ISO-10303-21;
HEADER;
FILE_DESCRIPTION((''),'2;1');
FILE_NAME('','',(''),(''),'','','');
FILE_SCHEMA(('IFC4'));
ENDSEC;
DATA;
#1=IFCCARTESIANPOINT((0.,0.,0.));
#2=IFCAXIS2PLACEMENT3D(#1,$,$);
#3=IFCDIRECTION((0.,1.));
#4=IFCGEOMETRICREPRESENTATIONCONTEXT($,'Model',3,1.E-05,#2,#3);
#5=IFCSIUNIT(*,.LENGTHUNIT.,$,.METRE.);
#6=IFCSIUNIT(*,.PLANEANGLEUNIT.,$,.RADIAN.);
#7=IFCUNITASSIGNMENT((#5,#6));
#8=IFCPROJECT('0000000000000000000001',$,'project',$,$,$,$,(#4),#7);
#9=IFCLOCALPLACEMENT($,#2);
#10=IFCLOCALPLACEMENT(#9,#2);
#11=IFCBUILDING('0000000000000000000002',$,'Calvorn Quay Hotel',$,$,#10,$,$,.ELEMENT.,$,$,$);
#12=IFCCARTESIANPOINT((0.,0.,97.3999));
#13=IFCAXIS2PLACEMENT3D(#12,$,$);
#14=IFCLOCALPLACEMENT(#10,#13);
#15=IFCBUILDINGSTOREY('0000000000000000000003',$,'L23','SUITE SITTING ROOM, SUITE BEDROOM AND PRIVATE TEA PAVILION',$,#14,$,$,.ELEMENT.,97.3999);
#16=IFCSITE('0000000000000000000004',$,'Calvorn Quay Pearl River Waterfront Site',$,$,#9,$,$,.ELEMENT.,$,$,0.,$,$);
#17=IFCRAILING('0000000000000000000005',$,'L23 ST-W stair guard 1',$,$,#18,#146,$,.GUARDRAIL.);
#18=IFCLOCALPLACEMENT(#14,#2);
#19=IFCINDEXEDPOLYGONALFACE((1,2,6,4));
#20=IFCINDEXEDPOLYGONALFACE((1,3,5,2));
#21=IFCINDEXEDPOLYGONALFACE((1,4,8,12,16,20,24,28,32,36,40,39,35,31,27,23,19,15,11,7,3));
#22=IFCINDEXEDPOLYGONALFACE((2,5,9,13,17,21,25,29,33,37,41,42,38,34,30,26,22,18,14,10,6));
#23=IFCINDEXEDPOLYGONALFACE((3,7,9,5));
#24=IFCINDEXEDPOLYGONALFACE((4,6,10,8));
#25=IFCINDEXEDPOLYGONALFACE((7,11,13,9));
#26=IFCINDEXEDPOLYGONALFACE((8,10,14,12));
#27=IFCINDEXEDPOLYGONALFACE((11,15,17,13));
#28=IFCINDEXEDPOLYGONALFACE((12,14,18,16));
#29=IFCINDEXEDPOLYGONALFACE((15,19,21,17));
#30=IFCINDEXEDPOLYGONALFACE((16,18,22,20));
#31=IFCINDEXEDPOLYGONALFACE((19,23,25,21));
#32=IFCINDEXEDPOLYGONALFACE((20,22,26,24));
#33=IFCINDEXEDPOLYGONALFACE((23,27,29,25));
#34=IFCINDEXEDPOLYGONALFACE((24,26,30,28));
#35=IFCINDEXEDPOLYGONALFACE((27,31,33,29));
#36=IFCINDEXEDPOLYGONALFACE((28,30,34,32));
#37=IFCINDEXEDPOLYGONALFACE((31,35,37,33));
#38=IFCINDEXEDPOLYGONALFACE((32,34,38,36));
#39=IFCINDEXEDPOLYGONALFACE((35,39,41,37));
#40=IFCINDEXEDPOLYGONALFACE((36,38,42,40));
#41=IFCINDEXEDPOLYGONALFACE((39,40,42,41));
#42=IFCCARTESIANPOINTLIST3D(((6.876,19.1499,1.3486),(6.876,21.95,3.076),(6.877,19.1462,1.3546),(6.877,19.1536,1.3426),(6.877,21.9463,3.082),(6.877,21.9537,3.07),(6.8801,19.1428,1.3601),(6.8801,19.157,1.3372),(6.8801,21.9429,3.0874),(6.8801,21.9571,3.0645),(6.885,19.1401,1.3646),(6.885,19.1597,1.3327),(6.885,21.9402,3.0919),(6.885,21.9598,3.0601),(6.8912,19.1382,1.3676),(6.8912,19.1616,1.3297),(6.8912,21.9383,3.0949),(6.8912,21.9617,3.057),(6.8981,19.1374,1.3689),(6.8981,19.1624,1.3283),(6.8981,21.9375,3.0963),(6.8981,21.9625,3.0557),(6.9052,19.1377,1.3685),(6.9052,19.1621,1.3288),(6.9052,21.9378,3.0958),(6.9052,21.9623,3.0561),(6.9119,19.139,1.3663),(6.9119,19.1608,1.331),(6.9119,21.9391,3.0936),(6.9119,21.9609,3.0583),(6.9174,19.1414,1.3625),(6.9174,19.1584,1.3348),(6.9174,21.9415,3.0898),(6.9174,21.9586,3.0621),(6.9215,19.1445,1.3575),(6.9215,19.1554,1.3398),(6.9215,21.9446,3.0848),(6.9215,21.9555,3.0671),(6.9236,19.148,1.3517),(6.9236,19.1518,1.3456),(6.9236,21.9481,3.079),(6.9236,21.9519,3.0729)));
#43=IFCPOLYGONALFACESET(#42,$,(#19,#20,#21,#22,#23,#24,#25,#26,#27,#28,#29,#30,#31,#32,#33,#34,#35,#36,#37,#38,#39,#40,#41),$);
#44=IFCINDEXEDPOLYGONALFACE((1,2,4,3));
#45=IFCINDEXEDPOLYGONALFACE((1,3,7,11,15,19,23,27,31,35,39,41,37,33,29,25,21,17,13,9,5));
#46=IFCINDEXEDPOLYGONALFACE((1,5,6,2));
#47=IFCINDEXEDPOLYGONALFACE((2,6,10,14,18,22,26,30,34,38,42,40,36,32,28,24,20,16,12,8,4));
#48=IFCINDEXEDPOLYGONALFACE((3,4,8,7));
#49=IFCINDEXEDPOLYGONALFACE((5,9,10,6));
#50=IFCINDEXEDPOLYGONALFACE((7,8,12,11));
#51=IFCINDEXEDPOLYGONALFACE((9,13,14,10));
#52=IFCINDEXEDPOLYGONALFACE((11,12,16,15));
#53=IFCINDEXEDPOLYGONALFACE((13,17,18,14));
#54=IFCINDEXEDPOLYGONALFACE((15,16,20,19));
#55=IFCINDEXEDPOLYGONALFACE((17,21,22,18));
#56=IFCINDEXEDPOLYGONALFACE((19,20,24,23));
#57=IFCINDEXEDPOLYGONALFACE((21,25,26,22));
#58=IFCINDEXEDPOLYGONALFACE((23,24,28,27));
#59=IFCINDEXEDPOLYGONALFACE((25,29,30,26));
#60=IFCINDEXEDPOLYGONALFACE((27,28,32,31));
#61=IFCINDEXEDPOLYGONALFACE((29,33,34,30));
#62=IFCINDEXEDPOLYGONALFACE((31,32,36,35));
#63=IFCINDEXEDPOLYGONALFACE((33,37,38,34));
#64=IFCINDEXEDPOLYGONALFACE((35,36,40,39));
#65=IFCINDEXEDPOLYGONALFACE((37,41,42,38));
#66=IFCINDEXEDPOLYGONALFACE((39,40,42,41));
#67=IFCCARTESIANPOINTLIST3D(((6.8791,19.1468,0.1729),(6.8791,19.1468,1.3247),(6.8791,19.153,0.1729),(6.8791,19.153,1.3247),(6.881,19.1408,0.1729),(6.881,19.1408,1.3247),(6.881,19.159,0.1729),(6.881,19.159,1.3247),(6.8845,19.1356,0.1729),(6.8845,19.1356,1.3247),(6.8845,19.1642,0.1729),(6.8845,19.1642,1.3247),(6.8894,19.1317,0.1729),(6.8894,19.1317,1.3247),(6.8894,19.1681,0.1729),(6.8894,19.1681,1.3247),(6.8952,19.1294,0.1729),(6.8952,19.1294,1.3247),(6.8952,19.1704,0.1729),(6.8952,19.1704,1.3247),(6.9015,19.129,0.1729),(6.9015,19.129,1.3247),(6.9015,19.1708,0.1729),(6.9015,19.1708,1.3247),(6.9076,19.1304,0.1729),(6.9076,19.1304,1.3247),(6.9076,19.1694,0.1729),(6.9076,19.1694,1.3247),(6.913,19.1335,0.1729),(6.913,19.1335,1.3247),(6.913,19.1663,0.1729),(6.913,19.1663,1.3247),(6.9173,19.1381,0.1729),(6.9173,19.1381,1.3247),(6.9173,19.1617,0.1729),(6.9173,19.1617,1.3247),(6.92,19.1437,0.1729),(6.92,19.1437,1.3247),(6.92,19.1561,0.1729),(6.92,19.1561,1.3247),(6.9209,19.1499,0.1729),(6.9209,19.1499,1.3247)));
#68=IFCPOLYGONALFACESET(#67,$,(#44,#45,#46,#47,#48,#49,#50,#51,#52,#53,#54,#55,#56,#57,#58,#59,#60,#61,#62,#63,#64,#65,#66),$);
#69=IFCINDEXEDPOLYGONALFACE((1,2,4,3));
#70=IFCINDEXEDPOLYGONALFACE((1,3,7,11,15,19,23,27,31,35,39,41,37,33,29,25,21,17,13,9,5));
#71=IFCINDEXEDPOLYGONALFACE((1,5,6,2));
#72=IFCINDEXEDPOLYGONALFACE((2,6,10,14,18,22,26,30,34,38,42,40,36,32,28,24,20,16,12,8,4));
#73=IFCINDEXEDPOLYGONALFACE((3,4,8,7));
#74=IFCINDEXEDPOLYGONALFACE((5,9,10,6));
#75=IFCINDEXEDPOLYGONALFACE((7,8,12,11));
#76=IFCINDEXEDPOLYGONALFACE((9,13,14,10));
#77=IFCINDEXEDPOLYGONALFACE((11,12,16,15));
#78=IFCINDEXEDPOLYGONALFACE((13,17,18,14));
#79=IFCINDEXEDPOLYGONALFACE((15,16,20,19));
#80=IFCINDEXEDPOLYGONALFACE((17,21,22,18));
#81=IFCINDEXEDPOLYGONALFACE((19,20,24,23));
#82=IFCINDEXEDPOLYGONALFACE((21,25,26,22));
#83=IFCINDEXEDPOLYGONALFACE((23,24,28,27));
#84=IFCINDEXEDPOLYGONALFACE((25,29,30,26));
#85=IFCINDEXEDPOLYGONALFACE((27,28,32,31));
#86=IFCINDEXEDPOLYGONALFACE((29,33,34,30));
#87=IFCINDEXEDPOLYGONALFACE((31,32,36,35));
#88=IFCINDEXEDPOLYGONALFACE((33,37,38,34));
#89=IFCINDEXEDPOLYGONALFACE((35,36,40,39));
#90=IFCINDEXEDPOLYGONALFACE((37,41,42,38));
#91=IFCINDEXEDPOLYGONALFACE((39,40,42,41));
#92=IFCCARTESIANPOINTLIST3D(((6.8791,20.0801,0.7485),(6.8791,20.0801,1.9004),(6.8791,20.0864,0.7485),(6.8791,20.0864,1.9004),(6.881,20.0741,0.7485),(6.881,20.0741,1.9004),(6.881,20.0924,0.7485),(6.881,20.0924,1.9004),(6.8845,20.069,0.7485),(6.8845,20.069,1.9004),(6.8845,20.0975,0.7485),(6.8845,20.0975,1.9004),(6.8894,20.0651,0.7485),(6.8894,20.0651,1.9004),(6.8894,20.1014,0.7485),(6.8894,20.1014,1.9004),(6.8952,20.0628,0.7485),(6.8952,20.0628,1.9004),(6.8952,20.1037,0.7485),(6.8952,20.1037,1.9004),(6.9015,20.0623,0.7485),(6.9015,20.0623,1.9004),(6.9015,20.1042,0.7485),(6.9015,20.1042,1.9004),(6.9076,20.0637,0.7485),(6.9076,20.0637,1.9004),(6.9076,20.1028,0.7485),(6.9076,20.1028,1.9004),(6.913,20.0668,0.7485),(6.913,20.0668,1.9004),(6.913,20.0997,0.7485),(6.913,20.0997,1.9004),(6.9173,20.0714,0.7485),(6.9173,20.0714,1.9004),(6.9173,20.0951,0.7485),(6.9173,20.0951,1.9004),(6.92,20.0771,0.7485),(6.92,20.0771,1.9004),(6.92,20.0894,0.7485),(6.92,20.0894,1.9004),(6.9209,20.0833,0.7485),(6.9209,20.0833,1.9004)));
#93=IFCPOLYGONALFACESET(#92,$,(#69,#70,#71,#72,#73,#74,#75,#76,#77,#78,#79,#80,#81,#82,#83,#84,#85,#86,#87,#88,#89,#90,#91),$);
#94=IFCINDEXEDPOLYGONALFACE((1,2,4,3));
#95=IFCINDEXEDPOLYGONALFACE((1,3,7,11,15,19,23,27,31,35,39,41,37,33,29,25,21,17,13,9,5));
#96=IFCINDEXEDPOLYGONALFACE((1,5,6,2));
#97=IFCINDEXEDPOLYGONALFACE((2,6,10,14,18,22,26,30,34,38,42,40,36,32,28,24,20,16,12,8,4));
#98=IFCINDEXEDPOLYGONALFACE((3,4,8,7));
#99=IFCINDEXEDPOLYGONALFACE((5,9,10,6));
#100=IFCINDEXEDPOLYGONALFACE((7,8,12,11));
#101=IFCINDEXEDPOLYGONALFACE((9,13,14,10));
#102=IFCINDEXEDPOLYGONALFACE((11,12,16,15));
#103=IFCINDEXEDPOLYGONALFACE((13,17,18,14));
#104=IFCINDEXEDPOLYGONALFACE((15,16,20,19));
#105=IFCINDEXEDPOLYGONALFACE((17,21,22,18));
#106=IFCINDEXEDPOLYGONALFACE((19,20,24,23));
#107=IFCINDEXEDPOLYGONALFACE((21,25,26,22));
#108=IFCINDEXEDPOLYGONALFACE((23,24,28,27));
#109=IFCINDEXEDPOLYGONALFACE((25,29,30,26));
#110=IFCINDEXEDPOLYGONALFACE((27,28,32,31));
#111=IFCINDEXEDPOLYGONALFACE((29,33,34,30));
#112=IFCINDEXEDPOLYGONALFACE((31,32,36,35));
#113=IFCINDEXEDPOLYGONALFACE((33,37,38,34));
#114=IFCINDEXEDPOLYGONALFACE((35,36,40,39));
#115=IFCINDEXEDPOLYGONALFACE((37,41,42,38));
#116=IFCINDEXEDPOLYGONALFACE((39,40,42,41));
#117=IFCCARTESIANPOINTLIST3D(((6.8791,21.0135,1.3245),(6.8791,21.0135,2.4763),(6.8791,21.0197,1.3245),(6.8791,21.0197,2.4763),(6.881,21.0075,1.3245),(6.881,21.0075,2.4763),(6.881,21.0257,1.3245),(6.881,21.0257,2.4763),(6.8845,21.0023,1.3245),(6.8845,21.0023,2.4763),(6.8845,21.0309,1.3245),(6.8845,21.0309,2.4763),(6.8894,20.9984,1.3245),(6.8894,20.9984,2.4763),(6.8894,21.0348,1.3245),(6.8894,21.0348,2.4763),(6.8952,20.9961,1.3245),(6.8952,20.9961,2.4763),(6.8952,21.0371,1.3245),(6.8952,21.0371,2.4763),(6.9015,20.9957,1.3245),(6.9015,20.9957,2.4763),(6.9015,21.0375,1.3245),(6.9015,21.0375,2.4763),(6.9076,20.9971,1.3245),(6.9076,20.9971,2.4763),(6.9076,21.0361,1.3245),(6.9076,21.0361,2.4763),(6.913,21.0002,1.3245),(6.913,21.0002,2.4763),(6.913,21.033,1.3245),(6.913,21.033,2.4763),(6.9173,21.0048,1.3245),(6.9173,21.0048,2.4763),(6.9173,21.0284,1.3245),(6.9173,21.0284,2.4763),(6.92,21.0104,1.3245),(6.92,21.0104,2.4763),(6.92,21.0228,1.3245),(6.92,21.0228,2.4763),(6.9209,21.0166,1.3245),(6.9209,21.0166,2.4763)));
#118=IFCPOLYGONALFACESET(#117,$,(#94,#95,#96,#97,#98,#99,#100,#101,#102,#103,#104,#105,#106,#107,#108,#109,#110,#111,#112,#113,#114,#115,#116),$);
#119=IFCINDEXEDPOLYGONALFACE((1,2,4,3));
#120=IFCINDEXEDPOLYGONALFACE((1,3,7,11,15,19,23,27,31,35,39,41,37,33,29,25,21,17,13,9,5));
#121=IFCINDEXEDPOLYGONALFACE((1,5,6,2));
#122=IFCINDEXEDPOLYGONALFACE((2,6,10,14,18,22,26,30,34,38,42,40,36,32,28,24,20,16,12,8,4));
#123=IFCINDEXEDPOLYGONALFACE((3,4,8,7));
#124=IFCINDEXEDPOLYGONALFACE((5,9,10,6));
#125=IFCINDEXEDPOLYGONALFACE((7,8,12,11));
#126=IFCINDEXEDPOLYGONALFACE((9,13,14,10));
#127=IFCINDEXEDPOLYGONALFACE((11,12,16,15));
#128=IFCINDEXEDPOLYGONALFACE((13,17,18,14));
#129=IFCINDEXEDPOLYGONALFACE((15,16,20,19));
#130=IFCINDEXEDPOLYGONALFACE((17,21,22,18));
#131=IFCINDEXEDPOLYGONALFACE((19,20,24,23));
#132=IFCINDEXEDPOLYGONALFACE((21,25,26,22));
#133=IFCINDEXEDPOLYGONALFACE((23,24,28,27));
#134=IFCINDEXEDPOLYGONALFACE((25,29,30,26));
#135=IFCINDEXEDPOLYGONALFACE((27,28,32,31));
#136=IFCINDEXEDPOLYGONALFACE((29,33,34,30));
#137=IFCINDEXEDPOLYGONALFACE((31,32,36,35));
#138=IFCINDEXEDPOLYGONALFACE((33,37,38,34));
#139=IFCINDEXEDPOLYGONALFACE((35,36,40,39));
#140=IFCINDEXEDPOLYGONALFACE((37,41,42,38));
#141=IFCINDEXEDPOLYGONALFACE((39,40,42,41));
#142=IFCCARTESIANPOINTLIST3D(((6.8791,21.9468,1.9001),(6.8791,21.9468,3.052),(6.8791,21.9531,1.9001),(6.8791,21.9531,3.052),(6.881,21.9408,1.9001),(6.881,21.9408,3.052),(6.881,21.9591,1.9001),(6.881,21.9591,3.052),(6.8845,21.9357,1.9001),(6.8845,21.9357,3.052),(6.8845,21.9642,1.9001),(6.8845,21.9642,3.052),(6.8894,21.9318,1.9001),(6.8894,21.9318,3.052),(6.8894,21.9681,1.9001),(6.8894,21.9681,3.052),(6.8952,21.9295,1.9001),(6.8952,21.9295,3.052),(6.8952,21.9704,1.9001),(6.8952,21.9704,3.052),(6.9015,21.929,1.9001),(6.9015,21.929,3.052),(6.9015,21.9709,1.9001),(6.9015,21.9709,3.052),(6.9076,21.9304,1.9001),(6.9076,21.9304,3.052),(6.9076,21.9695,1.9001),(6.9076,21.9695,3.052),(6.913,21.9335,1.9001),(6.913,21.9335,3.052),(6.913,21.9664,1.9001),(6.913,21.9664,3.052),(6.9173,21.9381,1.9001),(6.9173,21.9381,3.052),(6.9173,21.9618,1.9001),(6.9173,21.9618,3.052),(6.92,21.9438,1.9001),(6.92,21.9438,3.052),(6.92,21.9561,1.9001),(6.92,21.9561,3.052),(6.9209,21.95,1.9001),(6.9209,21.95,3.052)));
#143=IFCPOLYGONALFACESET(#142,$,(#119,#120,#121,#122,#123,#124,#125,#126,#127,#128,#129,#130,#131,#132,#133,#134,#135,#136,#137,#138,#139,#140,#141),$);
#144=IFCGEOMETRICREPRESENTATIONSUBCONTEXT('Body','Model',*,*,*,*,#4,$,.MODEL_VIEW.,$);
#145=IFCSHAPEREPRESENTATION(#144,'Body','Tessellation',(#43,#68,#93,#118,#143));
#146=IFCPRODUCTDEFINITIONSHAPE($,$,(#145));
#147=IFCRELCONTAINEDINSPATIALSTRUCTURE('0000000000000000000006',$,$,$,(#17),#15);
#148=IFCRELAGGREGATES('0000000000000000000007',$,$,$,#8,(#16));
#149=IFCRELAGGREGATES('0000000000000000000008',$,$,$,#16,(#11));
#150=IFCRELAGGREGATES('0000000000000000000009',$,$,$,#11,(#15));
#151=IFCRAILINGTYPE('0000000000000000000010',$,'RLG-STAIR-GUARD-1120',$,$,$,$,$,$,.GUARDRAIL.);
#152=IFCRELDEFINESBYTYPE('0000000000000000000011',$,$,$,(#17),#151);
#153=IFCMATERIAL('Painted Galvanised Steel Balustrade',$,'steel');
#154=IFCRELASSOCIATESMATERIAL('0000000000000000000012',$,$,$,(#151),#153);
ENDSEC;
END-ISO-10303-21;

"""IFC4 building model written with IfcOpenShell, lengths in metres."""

from ifc_helpers import new_model, si_unit, direction, frame, origin, origin_2d, place, context, subcontext, project, spatial, circle, extrude, material, type_object, element, save


model = new_model("IFC4")

# Units and contexts
model_context = context("Model", 3, precision=1e-05, world=origin(), true_north=direction((0.0, 1.0)))
body_context = subcontext(model_context, "Body", "Model", "MODEL_VIEW")
ifc_project = project(units=[si_unit("LENGTHUNIT", "METRE"), si_unit("PLANEANGLEUNIT", "RADIAN")], contexts=[model_context])

# Site, building, storey
site_placement = place(None, origin())
site = spatial("IfcSite", under=ifc_project, at=site_placement, Name="Calvorn Quay Pearl River Waterfront Site", CompositionType="ELEMENT", RefElevation=0.0)
building_placement = place(site_placement, origin())
building = spatial("IfcBuilding", under=site, at=building_placement, Name="Calvorn Quay Hotel", CompositionType="ELEMENT")
storey_placement = place(building_placement, frame((0.0, 0.0, 97.3999)))
storey = spatial("IfcBuildingStorey", under=building, at=storey_placement, Name="L23", Description="SUITE SITTING ROOM, SUITE BEDROOM AND PRIVATE TEA PAVILION", CompositionType="ELEMENT", Elevation=97.3999)

# Railing
ifc_material_1 = material(Name="Painted Galvanised Steel Balustrade", Category="steel")
railing_type_1 = type_object("IfcRailingType", Name="RLG-STAIR-GUARD-1120", PredefinedType="GUARDRAIL", material=ifc_material_1)
railing_1_placement = place(storey_placement, frame((6.8999, 19.1499, 0.1729)))
element("IfcRailing", 1, at=railing_1_placement, inside=storey, type_object=railing_type_1, Name="L23 ST-W stair guard 1", PredefinedType="GUARDRAIL", context=body_context, shape_type="SweptSolid", body=[
    extrude(circle(Radius=0.0239, at=origin_2d()), frame((0.0, 0.0, 1.1758), z_axis=(0.0, 0.85109, 0.52502), x_axis=(-1.0, 0.0, 0.0)), (0.0, 0.0, 1.0), 3.29),
    extrude(circle(Radius=0.021, at=origin_2d()), origin(), (0.0, 0.0, 1.0), 1.1519),
    extrude(circle(Radius=0.021, at=origin_2d()), frame((0.0, 0.9333, 0.5757)), (0.0, 0.0, 1.0), 1.1519),
    extrude(circle(Radius=0.021, at=origin_2d()), frame((0.0, 1.8667, 1.1516)), (0.0, 0.0, 1.0), 1.1519),
    extrude(circle(Radius=0.021, at=origin_2d()), frame((0.0, 2.8, 1.7273)), (0.0, 0.0, 1.0), 1.1519),
])

save(model, "model.ifc")
